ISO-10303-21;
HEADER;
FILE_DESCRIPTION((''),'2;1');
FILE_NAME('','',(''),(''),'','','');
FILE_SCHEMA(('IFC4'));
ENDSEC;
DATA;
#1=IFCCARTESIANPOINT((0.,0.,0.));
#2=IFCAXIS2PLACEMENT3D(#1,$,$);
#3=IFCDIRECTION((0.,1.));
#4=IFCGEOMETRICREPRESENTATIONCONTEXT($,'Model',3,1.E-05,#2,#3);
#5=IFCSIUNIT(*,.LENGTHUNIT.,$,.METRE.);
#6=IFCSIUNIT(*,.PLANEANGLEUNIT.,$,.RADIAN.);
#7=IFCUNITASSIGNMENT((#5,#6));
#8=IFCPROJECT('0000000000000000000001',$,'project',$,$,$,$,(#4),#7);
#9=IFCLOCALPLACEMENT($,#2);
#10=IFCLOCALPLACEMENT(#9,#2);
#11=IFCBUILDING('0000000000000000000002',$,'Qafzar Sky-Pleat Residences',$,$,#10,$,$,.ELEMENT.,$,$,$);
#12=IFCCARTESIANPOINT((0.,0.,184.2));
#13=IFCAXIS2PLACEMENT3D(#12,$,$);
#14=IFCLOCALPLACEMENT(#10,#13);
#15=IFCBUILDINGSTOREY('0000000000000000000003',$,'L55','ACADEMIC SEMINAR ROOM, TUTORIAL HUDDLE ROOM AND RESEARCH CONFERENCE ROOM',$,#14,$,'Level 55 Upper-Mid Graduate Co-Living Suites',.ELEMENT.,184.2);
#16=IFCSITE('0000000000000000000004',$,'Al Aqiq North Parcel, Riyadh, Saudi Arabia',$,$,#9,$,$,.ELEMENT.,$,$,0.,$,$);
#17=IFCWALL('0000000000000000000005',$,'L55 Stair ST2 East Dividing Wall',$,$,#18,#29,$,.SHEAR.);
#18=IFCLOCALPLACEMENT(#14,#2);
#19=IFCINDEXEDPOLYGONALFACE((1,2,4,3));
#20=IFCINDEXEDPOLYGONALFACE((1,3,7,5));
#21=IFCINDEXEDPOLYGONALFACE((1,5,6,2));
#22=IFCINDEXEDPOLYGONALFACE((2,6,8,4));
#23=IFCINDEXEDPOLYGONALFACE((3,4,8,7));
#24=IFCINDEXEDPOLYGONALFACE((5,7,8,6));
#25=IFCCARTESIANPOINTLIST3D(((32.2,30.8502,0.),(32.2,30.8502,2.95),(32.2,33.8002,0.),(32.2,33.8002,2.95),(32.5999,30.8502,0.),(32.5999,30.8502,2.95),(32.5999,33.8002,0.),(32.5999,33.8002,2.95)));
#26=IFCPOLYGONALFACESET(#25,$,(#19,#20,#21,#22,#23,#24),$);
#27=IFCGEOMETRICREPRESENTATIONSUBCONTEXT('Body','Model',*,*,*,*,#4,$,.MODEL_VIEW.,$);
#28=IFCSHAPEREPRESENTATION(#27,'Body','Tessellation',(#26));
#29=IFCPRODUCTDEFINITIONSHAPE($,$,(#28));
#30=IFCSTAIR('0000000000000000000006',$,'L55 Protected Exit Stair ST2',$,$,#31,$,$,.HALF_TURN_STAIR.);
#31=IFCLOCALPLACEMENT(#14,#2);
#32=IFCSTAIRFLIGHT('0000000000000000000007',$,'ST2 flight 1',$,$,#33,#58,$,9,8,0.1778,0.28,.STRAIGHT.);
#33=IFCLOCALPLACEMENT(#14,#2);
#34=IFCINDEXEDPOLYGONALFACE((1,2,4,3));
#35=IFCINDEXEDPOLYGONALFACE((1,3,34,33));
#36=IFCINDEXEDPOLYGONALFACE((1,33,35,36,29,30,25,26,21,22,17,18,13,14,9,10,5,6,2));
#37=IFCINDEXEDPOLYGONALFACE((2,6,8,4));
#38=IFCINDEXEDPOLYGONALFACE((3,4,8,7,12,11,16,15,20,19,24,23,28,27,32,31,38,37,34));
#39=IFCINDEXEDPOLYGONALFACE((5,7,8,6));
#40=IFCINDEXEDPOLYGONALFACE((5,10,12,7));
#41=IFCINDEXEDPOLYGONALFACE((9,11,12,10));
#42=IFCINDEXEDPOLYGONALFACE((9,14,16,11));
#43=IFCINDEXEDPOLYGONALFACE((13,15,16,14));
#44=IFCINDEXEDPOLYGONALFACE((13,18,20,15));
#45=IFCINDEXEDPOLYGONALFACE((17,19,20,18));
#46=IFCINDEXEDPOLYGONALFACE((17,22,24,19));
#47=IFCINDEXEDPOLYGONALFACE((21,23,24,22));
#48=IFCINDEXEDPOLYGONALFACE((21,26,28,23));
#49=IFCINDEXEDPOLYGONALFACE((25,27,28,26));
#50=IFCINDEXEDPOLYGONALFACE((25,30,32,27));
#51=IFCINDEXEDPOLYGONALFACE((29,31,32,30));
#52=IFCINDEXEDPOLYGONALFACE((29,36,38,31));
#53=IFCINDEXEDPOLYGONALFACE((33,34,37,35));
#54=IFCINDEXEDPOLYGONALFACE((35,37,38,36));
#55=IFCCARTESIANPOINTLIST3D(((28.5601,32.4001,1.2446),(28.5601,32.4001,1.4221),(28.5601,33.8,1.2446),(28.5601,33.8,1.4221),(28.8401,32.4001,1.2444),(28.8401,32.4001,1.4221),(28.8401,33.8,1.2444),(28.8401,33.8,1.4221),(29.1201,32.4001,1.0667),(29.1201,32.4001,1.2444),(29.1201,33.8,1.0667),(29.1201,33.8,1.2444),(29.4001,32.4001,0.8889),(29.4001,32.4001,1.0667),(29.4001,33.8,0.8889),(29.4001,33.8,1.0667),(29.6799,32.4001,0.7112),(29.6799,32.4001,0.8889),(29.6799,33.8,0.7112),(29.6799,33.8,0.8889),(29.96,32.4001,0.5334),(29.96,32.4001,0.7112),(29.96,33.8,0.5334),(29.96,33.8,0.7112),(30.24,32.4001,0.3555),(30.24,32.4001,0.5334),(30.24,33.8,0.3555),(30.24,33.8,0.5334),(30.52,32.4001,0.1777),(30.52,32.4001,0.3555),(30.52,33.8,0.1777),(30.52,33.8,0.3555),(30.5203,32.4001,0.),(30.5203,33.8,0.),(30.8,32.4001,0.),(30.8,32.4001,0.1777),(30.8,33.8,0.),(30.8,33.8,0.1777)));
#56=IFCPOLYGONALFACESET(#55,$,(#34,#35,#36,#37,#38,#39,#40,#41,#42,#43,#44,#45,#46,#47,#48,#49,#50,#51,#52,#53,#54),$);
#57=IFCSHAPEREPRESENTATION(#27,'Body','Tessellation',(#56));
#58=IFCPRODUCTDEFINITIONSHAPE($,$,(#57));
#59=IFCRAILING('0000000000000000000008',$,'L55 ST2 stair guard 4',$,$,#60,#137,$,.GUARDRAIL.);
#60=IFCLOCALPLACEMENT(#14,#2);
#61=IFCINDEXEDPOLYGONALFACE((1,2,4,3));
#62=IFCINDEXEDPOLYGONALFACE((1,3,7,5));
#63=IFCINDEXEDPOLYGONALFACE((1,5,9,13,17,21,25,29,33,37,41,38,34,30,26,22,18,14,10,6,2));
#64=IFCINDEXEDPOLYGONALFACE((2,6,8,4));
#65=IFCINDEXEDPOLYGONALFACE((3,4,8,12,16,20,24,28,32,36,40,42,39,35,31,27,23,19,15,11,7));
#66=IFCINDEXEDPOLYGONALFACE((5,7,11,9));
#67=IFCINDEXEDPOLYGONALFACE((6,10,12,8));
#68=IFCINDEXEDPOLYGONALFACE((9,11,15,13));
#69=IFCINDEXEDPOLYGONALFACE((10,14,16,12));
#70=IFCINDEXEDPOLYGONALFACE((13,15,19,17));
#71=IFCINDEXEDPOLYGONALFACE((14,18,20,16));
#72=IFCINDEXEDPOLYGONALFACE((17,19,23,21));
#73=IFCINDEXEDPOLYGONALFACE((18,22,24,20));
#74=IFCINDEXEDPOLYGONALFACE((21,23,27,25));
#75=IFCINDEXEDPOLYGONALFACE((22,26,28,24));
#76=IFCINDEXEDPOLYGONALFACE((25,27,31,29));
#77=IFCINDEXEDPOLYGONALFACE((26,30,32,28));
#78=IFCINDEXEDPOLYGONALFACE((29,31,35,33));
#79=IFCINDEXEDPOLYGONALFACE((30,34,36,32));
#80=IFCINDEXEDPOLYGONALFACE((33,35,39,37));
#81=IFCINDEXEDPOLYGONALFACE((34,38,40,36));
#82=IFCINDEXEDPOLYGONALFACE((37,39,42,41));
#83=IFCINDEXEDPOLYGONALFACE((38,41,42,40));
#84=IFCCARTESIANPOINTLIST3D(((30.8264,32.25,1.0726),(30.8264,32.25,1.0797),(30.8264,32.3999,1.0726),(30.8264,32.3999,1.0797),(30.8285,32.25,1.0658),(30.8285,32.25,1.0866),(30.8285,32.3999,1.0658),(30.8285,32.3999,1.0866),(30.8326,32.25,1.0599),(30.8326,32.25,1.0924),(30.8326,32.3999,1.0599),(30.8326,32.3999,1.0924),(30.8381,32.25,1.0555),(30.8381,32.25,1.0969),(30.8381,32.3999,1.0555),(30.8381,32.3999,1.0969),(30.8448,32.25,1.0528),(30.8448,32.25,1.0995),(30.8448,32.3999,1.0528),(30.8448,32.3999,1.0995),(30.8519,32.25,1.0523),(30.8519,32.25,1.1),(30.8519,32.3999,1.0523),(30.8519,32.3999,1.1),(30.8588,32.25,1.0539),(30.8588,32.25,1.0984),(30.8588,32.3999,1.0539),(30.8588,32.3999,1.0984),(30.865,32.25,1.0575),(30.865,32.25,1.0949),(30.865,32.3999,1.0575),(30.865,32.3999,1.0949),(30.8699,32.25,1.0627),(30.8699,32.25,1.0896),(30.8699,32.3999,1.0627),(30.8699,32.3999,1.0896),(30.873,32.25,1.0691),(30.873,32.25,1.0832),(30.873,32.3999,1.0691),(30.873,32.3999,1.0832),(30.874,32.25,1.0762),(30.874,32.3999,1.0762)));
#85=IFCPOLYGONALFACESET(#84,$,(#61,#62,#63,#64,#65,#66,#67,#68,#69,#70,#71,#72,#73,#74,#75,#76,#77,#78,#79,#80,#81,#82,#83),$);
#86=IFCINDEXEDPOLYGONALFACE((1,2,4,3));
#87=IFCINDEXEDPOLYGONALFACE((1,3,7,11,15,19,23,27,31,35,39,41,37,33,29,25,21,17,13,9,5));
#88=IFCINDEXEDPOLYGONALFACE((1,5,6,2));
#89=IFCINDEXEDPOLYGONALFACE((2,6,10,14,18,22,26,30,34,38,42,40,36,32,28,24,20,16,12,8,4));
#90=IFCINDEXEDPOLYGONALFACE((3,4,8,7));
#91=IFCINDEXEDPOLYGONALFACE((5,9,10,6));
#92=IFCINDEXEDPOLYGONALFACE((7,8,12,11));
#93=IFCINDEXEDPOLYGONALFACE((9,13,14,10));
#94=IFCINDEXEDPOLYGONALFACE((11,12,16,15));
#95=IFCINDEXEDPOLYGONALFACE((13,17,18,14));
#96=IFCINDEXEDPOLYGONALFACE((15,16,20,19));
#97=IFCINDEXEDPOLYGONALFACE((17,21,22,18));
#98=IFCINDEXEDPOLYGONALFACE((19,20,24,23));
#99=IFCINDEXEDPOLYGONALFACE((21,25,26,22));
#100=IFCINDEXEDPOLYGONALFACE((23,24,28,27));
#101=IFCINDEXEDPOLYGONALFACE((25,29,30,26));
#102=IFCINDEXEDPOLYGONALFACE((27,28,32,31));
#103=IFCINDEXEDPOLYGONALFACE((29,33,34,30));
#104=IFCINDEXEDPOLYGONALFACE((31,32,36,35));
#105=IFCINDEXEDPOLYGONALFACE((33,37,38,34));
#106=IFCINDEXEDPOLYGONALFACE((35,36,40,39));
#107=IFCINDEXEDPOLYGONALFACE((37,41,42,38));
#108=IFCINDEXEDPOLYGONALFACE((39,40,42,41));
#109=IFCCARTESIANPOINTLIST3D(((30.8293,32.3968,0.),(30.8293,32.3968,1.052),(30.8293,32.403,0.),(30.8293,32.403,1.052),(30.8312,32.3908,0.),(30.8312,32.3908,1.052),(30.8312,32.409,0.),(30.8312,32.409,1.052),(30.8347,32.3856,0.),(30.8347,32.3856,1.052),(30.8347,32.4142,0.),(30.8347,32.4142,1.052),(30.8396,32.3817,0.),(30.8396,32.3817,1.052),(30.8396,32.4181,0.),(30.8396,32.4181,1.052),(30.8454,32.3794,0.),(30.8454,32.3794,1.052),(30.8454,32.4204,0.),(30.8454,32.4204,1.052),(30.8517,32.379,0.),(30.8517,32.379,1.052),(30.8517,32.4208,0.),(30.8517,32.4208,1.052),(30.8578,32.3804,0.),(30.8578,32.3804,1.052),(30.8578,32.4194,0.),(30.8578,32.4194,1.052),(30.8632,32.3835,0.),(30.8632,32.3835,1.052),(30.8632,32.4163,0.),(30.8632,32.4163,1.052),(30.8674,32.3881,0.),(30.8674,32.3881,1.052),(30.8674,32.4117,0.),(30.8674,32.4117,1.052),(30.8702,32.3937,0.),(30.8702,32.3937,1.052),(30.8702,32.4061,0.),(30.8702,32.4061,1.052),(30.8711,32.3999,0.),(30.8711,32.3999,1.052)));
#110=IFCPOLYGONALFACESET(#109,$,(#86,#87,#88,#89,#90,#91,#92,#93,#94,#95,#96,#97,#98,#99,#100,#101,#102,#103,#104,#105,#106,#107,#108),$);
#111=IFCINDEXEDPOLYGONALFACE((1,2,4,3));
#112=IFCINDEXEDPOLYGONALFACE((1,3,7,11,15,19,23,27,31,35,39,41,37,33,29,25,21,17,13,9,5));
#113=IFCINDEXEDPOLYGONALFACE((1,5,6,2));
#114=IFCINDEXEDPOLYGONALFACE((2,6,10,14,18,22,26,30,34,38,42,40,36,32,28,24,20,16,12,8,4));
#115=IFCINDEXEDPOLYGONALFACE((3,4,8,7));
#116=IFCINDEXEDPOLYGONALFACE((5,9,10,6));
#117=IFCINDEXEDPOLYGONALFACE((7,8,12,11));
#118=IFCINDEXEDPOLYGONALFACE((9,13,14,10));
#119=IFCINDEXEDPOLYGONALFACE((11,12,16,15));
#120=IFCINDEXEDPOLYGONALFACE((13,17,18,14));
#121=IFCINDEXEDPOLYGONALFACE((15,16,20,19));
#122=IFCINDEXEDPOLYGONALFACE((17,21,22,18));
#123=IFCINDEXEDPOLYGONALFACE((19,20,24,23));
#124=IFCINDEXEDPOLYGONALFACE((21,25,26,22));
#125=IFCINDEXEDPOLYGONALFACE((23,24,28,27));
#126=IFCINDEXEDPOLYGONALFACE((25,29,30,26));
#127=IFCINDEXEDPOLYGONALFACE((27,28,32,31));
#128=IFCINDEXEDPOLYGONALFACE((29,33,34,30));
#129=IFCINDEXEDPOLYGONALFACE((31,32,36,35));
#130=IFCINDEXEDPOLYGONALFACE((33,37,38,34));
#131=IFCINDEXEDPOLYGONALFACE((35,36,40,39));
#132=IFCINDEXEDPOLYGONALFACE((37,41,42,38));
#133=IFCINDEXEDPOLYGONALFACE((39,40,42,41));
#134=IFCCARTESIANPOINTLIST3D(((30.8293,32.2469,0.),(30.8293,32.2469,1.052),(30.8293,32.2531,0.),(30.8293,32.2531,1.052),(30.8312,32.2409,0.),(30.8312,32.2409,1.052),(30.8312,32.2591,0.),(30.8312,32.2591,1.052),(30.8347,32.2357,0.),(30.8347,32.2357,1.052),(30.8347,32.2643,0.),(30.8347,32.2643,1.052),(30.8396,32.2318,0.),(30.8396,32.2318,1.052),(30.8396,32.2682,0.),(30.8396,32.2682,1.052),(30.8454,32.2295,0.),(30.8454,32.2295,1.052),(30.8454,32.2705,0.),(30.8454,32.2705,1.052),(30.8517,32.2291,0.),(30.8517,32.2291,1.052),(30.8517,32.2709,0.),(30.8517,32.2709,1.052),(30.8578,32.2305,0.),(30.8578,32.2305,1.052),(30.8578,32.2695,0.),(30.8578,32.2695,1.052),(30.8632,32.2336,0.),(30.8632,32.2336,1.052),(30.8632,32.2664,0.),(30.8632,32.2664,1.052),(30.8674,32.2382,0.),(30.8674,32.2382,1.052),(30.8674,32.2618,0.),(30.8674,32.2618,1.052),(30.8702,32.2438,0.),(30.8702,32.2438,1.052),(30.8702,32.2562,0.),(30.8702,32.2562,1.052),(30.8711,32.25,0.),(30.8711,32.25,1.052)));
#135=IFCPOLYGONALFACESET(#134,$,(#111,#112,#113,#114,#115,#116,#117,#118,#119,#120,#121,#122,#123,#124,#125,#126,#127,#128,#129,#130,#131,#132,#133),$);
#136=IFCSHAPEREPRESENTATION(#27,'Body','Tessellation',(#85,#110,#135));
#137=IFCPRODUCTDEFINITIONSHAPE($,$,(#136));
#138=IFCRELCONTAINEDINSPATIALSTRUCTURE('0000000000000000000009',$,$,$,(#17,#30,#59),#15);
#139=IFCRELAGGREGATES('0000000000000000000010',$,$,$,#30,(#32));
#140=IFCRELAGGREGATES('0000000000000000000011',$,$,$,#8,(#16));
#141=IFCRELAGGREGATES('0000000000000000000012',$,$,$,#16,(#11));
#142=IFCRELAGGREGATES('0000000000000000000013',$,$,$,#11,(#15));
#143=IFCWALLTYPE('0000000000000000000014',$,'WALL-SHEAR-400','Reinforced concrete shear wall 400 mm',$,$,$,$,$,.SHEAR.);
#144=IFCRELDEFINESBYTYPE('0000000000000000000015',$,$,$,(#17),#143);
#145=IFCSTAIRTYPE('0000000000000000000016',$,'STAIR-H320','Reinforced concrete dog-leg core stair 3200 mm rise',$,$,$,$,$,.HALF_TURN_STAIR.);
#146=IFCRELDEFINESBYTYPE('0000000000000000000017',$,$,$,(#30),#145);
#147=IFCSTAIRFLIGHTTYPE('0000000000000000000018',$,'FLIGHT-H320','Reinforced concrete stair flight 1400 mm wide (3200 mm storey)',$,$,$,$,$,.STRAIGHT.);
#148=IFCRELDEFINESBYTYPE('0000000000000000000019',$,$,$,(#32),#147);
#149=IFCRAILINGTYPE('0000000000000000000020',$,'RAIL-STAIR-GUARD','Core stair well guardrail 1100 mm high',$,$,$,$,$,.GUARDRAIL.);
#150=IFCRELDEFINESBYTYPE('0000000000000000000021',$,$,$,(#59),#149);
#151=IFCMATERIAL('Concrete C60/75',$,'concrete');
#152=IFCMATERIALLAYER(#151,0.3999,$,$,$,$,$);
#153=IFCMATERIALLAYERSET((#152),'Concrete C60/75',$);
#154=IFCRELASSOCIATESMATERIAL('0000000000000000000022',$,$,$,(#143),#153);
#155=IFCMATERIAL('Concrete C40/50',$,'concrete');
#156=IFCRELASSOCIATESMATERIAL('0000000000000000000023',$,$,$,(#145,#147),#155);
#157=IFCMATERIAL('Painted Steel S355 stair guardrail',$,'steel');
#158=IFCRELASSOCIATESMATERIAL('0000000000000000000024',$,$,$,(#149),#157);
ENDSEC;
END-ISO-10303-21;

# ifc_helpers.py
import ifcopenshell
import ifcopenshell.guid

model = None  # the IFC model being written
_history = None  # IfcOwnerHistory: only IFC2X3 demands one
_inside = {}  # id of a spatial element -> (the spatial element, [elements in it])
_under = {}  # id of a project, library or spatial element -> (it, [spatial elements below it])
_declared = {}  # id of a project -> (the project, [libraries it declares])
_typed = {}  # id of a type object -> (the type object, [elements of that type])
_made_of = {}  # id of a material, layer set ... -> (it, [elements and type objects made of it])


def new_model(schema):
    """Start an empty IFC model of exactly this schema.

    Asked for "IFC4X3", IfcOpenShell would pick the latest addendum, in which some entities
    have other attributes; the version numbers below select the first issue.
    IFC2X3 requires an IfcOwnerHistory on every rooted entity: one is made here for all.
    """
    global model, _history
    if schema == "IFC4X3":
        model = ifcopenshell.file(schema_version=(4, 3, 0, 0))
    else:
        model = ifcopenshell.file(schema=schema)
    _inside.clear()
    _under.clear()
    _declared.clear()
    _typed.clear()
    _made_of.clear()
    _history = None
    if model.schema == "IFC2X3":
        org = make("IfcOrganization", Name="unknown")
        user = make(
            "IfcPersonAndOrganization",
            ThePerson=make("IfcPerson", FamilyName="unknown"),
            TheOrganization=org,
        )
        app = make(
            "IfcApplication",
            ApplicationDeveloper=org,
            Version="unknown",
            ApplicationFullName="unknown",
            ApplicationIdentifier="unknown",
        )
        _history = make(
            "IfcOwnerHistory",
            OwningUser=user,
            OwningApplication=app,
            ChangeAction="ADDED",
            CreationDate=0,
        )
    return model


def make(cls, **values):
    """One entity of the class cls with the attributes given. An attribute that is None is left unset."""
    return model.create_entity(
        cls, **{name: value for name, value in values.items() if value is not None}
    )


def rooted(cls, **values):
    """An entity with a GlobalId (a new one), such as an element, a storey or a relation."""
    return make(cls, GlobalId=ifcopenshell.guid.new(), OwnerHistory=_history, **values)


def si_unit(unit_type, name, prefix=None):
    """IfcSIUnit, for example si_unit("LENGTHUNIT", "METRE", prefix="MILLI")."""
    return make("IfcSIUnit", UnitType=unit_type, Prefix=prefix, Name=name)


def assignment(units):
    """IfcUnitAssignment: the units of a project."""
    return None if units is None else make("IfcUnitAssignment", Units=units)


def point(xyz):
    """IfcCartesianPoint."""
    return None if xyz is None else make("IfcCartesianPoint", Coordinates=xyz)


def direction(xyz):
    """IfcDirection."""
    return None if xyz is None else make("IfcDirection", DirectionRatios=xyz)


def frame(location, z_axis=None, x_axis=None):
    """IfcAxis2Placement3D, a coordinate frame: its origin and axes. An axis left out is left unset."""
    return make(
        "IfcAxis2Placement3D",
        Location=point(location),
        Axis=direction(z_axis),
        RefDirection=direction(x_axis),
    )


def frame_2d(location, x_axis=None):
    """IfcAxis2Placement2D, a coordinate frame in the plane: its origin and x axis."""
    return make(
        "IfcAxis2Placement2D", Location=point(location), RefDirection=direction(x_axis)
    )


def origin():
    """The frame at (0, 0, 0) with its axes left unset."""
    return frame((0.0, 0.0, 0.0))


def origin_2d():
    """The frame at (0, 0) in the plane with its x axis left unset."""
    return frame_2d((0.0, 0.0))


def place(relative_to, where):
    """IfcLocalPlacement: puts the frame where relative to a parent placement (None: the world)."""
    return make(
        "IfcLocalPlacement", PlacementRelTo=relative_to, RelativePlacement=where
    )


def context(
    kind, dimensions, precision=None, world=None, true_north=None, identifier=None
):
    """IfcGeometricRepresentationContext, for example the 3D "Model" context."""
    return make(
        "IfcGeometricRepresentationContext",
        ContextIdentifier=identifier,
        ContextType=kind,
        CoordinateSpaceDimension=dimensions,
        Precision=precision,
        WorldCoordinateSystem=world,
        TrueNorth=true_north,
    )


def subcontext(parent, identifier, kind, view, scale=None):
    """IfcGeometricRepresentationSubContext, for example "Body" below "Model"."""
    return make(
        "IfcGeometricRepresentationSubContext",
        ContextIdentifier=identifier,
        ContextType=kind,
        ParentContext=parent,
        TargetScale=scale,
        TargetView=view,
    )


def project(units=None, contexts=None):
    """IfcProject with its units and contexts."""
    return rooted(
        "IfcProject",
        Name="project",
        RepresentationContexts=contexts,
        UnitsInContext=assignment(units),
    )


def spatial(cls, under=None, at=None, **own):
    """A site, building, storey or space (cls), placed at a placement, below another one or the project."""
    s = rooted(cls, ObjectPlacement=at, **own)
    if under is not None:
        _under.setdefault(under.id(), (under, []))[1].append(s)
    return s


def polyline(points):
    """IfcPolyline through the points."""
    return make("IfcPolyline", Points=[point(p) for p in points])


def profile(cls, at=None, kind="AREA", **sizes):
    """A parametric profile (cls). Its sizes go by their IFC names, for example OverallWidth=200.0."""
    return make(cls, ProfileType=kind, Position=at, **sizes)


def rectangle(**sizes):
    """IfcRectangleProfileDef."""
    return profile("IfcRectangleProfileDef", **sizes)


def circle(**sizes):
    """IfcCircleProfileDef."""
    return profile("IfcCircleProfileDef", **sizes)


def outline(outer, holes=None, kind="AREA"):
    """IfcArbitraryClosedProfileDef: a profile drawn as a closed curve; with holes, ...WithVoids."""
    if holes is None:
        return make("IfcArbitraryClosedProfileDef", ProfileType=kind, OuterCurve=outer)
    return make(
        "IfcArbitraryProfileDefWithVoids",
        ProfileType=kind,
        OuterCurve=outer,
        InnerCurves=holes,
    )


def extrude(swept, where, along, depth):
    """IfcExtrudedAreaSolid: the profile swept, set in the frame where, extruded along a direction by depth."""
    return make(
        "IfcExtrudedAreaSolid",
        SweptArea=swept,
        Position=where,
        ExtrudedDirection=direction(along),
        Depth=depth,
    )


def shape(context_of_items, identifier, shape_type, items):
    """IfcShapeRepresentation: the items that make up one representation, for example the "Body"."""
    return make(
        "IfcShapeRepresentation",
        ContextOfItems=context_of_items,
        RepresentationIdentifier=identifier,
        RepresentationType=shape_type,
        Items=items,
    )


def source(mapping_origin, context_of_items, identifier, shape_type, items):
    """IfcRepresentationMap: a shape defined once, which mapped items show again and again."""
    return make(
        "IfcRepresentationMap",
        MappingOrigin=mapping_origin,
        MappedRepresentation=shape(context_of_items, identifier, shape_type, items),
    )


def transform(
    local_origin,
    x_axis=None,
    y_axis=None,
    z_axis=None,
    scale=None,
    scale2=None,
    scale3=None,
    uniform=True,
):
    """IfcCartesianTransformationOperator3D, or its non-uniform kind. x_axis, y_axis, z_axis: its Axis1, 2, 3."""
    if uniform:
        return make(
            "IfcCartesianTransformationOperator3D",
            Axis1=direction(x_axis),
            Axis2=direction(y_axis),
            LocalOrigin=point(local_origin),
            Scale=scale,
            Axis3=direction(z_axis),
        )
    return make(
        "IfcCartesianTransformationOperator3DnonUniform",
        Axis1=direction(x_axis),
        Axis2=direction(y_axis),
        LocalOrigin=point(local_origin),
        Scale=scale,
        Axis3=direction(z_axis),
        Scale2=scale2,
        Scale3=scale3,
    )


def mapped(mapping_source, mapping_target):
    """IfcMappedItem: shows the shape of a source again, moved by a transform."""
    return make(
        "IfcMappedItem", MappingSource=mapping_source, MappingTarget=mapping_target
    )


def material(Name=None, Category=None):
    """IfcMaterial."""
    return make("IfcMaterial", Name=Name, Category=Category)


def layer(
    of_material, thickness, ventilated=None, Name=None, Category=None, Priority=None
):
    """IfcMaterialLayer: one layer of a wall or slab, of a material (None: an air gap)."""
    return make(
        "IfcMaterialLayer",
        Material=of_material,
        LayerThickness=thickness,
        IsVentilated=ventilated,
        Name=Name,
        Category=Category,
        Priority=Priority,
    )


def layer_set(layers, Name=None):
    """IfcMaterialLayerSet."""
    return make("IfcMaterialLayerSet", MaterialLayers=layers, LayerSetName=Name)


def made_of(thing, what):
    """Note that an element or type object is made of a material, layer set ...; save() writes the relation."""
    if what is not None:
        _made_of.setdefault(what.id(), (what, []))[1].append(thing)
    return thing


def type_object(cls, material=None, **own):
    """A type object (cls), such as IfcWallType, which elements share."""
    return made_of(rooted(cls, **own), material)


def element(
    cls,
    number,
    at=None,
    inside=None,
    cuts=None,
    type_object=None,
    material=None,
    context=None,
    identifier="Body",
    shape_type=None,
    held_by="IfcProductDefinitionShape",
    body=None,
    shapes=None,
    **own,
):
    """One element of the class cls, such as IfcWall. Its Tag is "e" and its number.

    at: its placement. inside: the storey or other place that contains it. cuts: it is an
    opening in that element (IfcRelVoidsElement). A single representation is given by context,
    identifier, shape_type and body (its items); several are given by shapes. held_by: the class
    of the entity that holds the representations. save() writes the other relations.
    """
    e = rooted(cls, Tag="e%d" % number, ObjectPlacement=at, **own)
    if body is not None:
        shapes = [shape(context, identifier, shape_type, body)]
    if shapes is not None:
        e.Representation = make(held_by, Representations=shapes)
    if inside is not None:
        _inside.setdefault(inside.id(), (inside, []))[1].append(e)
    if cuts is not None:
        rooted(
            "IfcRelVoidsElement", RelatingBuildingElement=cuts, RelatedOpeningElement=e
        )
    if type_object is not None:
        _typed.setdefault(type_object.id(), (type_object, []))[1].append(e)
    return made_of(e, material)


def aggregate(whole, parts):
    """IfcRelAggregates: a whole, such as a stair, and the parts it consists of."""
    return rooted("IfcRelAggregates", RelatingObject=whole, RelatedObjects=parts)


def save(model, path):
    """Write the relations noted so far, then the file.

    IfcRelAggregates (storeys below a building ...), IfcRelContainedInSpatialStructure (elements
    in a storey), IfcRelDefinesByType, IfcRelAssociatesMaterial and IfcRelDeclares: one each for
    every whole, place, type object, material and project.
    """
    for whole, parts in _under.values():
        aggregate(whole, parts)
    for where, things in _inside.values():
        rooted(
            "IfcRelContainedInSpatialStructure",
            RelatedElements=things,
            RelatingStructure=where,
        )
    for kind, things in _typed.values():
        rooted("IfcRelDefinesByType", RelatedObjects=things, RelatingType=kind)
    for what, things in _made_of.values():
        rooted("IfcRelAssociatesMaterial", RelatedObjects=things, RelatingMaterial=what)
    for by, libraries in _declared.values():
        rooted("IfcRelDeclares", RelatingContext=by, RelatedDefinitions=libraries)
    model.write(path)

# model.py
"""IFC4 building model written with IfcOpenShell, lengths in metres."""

from ifc_helpers import new_model, si_unit, direction, frame, frame_2d, origin, origin_2d, place, context, subcontext, project, spatial, polyline, rectangle, circle, outline, extrude, source, transform, mapped, material, layer, layer_set, type_object, element, aggregate, save


model = new_model("IFC4")

# Units and contexts
model_context = context("Model", 3, precision=1e-05, world=origin(), true_north=direction((0.0, 1.0)))
body_context = subcontext(model_context, "Body", "Model", "MODEL_VIEW")
ifc_project = project(units=[si_unit("LENGTHUNIT", "METRE"), si_unit("PLANEANGLEUNIT", "RADIAN")], contexts=[model_context])

# Site, building, storey
site_placement = place(None, origin())
site = spatial("IfcSite", under=ifc_project, at=site_placement, Name="Al Aqiq North Parcel, Riyadh, Saudi Arabia", CompositionType="ELEMENT", RefElevation=0.0)
building_placement = place(site_placement, origin())
building = spatial("IfcBuilding", under=site, at=building_placement, Name="Qafzar Sky-Pleat Residences", CompositionType="ELEMENT")
storey_placement = place(building_placement, frame((0.0, 0.0, 184.2)))
storey = spatial("IfcBuildingStorey", under=building, at=storey_placement, Name="L55", Description="ACADEMIC SEMINAR ROOM, TUTORIAL HUDDLE ROOM AND RESEARCH CONFERENCE ROOM", LongName="Level 55 Upper-Mid Graduate Co-Living Suites", CompositionType="ELEMENT", Elevation=184.2)

# Wall
ifc_material_1 = material(Name="Concrete C60/75", Category="concrete")
ifc_layer_1 = layer(ifc_material_1, 0.3999)
ifc_layer_set_1 = layer_set([ifc_layer_1], Name="Concrete C60/75")
wall_type_1 = type_object("IfcWallType", Name="WALL-SHEAR-400", Description="Reinforced concrete shear wall 400 mm", PredefinedType="SHEAR", material=ifc_layer_set_1)
wall_1_placement = place(storey_placement, frame((32.3999, 30.8501, 0.0), z_axis=(0.0, 0.0, 1.0), x_axis=(0.0, 1.0, 0.0)))
element("IfcWall", 1, at=wall_1_placement, inside=storey, type_object=wall_type_1, Name="L55 Stair ST2 East Dividing Wall", PredefinedType="SHEAR", context=body_context, shape_type="SweptSolid", body=[
    extrude(rectangle(XDim=2.95, YDim=0.3999, at=frame_2d((1.4751, 0.0))), origin(), (0.0, 0.0, 1.0), 2.95),
])

# Stair, stair flight
ifc_material_2 = material(Name="Concrete C40/50", Category="concrete")
stair_type = type_object("IfcStairType", Name="STAIR-H320", Description="Reinforced concrete dog-leg core stair 3200 mm rise", PredefinedType="HALF_TURN_STAIR", material=ifc_material_2)
stair_placement = place(storey_placement, origin())
stair = element("IfcStair", 2, at=stair_placement, inside=storey, type_object=stair_type, Name="L55 Protected Exit Stair ST2", PredefinedType="HALF_TURN_STAIR")
stair_flight_type = type_object("IfcStairFlightType", Name="FLIGHT-H320", Description="Reinforced concrete stair flight 1400 mm wide (3200 mm storey)", PredefinedType="STRAIGHT", material=ifc_material_2)
shared_shape_1 = source(origin(), body_context, "Body", "SweptSolid", [
    extrude(outline(polyline([(0.0, 0.0), (0.0, 0.1777), (0.28, 0.1777), (0.28, 0.3555), (0.5601, 0.3555), (0.5601, 0.5334), (0.8401, 0.5334), (0.8401, 0.7112), (1.1201, 0.7112), (1.1201, 0.8889), (1.3999, 0.8889), (1.3999, 1.0667), (1.6799, 1.0667), (1.6799, 1.2444), (1.96, 1.2444), (1.96, 1.4221), (2.24, 1.4221), (2.24, 1.6001), (2.24, 1.2446), (0.2798, 0.0), (0.0, 0.0)])), frame((0.0, 0.7, 0.0), z_axis=(0.0, -1.0, 0.0), x_axis=(1.0, 0.0, 0.0)), (0.0, 0.0, 1.0), 1.3999),
])
stair_flight_placement = place(storey_placement, frame((30.8, 33.1001, 0.0), z_axis=(0.0, 0.0, 1.0), x_axis=(-1.0, 0.0, 0.0)))
stair_flight = element("IfcStairFlight", 3, at=stair_flight_placement, type_object=stair_flight_type, Name="ST2 flight 1", NumberOfRisers=9, NumberOfTreads=8, PredefinedType="STRAIGHT", RiserHeight=0.1778, TreadLength=0.28, context=body_context, shape_type="MappedRepresentation", body=[
    mapped(shared_shape_1, transform((0.0, 0.0, 0.0), x_axis=(1.0, 0.0, 0.0), y_axis=(0.0, 1.0, 0.0), z_axis=(0.0, 0.0, 1.0), scale=1.0)),
])
aggregate(stair, [stair_flight])

# Railing
ifc_material_3 = material(Name="Painted Steel S355 stair guardrail", Category="steel")
railing_type_1 = type_object("IfcRailingType", Name="RAIL-STAIR-GUARD", Description="Core stair well guardrail 1100 mm high", PredefinedType="GUARDRAIL", material=ifc_material_3)
shared_shape_2 = source(origin(), body_context, "Body", "SweptSolid", [
    extrude(circle(Radius=0.0239, at=origin_2d()), frame((0.0, 0.0, 1.0762), z_axis=(0.0, -1.0, 0.0), x_axis=(1.0, 0.0, 0.0)), (0.0, 0.0, 1.0), 0.1499),
    extrude(circle(Radius=0.021, at=origin_2d()), origin(), (0.0, 0.0, 1.0), 1.052),
    extrude(circle(Radius=0.021, at=origin_2d()), frame((0.0, -0.1499, 0.0)), (0.0, 0.0, 1.0), 1.052),
])
railing_1_placement = place(storey_placement, frame((30.8501, 32.3999, 0.0)))
element("IfcRailing", 4, at=railing_1_placement, inside=storey, type_object=railing_type_1, Name="L55 ST2 stair guard 4", PredefinedType="GUARDRAIL", context=body_context, shape_type="MappedRepresentation", body=[
    mapped(shared_shape_2, transform((0.0, 0.0, 0.0), x_axis=(1.0, 0.0, 0.0), y_axis=(0.0, 1.0, 0.0), z_axis=(0.0, 0.0, 1.0), scale=1.0)),
])

save(model, "model.ifc")
